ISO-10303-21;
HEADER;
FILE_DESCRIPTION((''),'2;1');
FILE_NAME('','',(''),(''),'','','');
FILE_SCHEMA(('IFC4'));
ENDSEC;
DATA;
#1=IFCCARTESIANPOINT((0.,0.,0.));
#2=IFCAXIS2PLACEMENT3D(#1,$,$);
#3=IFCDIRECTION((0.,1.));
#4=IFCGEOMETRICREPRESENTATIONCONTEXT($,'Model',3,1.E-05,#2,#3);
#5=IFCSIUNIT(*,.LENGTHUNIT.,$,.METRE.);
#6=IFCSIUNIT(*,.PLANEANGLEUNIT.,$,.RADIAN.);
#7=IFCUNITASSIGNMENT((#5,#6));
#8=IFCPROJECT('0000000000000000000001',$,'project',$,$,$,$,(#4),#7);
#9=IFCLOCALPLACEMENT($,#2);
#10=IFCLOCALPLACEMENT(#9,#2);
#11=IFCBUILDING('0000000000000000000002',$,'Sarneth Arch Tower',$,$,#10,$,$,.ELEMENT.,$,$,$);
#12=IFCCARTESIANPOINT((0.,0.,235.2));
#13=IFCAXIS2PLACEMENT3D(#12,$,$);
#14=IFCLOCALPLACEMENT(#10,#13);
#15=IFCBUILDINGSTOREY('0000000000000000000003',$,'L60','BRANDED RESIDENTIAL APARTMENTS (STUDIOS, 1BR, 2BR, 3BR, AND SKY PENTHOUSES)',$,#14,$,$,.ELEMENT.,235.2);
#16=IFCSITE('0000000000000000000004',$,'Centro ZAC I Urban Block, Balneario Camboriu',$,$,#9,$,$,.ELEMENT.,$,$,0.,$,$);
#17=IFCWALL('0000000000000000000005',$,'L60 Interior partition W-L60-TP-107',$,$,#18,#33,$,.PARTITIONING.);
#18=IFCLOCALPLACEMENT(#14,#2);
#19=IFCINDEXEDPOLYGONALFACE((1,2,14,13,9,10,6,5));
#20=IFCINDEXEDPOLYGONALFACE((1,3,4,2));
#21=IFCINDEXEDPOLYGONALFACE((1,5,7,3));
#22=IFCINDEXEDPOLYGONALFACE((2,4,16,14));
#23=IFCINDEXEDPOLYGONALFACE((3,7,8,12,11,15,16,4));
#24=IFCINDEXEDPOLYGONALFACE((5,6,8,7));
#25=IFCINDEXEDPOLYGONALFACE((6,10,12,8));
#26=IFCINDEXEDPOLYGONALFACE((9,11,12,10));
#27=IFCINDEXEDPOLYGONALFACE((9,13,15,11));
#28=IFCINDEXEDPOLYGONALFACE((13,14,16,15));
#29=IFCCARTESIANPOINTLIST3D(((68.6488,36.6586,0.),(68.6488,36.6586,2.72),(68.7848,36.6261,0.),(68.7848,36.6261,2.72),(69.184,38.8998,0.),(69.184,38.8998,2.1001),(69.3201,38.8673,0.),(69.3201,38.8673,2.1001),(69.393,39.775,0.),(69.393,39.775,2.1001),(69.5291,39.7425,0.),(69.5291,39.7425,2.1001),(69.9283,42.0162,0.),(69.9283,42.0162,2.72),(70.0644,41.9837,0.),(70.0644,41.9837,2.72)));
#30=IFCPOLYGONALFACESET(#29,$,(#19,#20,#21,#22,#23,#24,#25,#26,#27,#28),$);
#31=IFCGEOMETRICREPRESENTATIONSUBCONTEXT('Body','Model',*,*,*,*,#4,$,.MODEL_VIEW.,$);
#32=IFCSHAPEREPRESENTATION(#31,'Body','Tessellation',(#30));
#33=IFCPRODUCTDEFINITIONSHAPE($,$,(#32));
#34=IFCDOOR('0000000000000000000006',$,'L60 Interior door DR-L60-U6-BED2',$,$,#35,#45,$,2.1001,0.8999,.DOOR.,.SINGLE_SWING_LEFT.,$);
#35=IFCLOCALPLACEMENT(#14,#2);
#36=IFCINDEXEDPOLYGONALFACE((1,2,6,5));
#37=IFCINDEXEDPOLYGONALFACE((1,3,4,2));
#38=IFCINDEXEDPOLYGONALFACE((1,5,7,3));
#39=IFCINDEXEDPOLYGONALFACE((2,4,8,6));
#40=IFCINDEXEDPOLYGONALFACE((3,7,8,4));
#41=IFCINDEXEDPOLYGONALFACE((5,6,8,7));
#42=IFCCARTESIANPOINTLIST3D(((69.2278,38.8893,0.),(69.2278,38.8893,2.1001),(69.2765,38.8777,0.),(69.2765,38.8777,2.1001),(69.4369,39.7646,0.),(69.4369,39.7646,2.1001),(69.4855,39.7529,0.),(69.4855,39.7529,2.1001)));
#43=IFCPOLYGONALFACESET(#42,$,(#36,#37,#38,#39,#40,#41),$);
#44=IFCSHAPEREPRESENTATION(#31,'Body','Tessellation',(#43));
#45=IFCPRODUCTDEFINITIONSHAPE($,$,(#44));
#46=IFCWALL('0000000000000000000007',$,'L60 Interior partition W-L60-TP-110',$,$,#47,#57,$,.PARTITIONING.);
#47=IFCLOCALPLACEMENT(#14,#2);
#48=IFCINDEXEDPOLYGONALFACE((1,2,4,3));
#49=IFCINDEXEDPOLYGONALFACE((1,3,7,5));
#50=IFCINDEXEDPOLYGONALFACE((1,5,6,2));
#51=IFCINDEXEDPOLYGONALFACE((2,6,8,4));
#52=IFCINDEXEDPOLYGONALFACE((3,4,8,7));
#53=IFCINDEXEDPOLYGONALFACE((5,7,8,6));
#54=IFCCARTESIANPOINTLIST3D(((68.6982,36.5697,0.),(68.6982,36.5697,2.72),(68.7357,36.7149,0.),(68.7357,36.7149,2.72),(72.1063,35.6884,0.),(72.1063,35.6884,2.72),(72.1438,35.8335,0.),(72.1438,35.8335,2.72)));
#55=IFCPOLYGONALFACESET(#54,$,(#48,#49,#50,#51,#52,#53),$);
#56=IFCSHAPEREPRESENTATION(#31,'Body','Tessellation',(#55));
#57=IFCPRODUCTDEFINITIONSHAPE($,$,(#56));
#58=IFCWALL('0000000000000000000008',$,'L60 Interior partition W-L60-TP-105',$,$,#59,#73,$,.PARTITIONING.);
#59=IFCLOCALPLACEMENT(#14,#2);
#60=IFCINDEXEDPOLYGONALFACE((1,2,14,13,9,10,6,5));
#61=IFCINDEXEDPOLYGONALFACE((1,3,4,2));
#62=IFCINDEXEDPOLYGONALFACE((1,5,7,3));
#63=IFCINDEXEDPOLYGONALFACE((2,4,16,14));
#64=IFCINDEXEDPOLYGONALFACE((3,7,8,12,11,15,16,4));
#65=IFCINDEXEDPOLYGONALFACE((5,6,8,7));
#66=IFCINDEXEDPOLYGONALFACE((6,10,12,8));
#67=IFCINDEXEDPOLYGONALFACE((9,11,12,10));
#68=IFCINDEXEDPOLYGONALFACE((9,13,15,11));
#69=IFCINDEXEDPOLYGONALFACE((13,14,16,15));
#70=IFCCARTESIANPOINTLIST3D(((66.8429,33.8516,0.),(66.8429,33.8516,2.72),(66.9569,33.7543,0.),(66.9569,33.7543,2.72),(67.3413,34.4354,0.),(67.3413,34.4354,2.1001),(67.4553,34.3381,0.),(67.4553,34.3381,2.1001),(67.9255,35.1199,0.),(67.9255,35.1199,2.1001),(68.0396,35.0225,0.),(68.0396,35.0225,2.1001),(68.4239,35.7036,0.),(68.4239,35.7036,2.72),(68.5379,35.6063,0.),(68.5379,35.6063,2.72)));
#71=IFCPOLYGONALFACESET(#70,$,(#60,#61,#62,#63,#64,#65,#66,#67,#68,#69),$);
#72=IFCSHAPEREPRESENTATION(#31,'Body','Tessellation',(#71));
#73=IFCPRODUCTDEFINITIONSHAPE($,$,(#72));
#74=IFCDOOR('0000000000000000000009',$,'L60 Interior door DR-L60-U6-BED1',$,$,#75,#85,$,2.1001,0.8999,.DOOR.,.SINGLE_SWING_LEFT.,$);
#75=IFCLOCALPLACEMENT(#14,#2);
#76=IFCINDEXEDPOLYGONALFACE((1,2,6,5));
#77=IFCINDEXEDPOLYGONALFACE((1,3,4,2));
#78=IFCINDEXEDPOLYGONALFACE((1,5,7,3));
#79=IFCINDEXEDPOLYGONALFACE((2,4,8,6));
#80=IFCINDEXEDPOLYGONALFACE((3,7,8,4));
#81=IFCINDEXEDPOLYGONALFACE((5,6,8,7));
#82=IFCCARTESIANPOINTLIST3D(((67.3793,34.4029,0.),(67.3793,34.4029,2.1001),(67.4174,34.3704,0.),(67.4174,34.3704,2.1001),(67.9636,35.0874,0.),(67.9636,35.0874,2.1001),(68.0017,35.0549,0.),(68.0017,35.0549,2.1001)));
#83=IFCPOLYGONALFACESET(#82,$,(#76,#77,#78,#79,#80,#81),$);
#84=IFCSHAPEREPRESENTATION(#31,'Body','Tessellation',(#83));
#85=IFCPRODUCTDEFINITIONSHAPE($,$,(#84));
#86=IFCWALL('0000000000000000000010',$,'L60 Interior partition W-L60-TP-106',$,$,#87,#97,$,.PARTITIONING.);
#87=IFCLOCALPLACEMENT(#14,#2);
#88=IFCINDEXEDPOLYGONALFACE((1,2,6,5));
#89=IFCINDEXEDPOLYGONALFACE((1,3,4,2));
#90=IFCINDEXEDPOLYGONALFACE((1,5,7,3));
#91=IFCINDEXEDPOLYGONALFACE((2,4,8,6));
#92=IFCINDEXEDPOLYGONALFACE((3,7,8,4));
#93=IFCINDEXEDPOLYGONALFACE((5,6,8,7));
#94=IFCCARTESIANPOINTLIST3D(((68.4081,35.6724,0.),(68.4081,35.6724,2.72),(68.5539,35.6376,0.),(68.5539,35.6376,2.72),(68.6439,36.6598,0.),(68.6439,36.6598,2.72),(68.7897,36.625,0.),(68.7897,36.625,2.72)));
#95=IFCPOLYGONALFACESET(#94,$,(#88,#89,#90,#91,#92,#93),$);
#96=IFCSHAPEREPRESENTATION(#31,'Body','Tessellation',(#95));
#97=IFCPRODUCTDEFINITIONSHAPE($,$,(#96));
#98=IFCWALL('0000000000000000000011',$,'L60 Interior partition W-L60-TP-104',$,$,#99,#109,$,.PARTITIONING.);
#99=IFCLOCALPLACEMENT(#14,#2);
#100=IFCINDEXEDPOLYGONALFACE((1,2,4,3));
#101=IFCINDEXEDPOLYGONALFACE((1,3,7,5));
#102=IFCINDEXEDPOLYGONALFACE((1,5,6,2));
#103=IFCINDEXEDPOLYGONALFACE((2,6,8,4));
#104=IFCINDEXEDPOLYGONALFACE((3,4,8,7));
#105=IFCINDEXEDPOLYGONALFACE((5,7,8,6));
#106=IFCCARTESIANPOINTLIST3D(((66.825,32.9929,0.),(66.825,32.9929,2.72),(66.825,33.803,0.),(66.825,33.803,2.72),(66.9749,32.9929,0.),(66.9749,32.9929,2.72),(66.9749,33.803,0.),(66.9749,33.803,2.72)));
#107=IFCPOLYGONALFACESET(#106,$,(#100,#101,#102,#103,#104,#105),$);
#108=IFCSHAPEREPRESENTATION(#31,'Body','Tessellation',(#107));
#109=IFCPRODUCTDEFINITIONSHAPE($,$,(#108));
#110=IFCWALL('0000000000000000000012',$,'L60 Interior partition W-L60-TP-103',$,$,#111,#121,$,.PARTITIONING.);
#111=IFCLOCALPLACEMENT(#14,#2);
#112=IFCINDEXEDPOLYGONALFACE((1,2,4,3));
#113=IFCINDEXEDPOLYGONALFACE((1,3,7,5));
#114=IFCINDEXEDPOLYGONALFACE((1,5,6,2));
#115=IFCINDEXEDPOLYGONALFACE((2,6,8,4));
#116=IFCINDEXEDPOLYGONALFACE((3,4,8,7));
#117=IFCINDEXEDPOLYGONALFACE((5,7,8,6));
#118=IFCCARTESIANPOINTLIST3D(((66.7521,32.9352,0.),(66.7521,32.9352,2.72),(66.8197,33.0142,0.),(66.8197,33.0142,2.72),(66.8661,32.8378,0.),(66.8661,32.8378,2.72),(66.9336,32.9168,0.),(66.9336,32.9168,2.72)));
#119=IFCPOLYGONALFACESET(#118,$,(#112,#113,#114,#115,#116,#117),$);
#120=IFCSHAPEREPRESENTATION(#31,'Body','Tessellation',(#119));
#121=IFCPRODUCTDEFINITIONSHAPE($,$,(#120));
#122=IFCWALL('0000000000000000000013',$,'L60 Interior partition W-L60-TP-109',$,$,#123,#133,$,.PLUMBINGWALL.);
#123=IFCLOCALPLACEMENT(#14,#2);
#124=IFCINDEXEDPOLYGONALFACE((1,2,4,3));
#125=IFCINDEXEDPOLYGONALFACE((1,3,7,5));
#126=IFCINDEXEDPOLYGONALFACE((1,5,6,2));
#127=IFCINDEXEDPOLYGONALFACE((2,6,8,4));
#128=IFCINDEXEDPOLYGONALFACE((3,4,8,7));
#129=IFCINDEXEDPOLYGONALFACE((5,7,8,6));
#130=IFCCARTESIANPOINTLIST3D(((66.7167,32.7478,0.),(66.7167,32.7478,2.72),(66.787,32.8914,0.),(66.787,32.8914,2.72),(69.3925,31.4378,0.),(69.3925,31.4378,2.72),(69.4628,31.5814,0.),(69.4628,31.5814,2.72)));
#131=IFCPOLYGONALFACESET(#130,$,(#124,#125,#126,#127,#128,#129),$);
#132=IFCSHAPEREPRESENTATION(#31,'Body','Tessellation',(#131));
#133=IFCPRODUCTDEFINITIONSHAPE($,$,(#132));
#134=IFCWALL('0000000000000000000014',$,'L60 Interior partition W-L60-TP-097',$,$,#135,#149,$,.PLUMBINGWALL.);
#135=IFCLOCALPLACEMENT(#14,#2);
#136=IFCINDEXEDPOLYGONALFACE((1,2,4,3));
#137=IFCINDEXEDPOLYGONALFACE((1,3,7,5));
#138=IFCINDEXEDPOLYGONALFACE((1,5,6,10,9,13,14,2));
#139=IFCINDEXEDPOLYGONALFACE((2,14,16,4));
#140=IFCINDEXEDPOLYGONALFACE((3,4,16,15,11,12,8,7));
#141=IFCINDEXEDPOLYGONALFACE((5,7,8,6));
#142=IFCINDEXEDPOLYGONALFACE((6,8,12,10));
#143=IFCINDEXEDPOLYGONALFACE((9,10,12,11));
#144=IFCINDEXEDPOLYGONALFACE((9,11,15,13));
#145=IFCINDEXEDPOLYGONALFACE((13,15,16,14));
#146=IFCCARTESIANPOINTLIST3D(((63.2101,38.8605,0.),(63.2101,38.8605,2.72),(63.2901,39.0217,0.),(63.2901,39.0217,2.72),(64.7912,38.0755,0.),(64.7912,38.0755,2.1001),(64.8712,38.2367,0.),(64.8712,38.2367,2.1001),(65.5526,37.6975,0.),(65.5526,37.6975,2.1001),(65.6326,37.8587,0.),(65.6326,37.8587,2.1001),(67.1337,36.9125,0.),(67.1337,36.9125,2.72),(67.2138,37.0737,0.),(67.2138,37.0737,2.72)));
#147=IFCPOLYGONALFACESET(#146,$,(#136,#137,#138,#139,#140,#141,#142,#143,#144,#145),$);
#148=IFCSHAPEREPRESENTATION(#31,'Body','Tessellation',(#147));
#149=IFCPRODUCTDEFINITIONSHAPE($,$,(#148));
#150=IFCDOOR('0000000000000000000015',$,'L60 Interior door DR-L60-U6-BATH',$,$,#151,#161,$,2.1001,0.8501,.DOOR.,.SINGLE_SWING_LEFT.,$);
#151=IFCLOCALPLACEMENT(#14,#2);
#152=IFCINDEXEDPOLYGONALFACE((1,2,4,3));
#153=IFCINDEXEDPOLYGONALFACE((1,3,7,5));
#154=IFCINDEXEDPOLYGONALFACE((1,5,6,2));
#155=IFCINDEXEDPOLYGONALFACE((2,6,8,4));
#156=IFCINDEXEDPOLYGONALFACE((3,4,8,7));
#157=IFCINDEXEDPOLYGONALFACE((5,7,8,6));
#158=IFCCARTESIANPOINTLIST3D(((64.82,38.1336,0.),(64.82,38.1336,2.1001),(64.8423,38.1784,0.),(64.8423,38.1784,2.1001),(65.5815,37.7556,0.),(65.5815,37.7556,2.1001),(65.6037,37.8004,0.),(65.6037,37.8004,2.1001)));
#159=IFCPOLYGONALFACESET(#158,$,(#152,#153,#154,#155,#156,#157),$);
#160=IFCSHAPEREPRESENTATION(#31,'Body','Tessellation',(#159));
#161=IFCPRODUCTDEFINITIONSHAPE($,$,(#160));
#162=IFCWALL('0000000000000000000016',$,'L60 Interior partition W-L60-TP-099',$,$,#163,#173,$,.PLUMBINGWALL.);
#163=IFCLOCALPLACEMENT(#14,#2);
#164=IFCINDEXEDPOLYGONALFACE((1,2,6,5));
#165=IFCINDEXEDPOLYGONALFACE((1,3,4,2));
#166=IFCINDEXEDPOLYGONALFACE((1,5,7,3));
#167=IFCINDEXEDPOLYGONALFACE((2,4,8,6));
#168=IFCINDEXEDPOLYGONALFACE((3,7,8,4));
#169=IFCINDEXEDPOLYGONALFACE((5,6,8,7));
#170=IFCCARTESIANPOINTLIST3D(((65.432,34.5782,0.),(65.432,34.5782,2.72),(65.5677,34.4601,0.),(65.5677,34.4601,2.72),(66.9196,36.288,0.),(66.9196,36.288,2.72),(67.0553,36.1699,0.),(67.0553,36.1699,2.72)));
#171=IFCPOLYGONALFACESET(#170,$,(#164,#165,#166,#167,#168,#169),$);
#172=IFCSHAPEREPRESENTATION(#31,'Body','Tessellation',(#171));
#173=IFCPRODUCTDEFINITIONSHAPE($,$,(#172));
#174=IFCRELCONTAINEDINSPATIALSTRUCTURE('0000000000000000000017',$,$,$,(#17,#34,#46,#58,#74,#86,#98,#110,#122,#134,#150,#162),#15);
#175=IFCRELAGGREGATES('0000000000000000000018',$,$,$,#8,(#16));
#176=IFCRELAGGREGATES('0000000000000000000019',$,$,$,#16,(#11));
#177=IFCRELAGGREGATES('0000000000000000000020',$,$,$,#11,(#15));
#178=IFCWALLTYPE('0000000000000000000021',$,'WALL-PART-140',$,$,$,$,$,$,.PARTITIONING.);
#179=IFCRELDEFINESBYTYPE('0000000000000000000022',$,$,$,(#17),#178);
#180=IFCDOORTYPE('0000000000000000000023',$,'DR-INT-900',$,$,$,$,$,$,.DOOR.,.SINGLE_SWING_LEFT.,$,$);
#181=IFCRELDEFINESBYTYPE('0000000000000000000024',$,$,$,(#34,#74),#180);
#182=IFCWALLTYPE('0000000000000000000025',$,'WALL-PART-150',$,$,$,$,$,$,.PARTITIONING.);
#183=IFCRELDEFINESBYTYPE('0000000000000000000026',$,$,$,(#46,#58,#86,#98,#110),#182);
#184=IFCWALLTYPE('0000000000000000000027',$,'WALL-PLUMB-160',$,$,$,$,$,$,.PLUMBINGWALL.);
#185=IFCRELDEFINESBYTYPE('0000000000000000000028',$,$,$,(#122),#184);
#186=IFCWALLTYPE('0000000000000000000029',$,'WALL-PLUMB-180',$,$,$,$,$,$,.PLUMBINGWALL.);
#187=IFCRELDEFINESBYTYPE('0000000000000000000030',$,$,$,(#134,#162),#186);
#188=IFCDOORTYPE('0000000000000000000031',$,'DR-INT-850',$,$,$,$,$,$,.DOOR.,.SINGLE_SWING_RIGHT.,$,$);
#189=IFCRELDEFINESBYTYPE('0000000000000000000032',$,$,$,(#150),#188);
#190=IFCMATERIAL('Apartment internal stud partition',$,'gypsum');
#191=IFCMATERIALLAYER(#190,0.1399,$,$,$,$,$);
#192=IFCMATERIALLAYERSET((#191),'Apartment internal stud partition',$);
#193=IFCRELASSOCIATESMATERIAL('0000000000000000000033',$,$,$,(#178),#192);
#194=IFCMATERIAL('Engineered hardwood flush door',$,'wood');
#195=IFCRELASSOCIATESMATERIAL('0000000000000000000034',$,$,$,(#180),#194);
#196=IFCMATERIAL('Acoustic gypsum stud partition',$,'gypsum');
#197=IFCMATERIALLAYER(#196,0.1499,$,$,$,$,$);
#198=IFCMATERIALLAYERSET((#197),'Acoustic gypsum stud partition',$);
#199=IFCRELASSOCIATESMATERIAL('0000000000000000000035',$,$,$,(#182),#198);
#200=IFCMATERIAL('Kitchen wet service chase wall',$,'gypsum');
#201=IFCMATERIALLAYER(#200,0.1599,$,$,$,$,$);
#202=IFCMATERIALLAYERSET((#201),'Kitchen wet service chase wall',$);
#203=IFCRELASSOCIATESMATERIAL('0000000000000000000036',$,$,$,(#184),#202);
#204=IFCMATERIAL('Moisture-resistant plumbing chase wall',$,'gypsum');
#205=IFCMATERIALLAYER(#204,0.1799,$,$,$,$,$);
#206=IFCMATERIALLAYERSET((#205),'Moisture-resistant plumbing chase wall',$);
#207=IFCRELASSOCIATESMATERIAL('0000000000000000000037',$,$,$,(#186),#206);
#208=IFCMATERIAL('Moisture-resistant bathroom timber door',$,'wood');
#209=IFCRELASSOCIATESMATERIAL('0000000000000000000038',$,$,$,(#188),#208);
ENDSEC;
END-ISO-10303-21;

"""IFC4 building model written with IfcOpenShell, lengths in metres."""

from ifc_helpers import new_model, si_unit, direction, frame, frame_2d, origin, place, context, subcontext, project, spatial, rectangle, extrude, material, layer, layer_set, type_object, element, fill, save


model = new_model("IFC4")

# Units and contexts
model_context = context("Model", 3, precision=1e-05, world=origin(), true_north=direction((0.0, 1.0)))
body_context = subcontext(model_context, "Body", "Model", "MODEL_VIEW")
ifc_project = project(units=[si_unit("LENGTHUNIT", "METRE"), si_unit("PLANEANGLEUNIT", "RADIAN")], contexts=[model_context])

# Site, building, storey
site_placement = place(None, origin())
site = spatial("IfcSite", under=ifc_project, at=site_placement, Name="Centro ZAC I Urban Block, Balneario Camboriu", CompositionType="ELEMENT", RefElevation=0.0)
building_placement = place(site_placement, origin())
building = spatial("IfcBuilding", under=site, at=building_placement, Name="Sarneth Arch Tower", CompositionType="ELEMENT")
storey_placement = place(building_placement, frame((0.0, 0.0, 235.2)))
storey = spatial("IfcBuildingStorey", under=building, at=storey_placement, Name="L60", Description="BRANDED RESIDENTIAL APARTMENTS (STUDIOS, 1BR, 2BR, 3BR, AND SKY PENTHOUSES)", CompositionType="ELEMENT", Elevation=235.2)

# Wall, opening, door
ifc_material_1 = material(Name="Apartment internal stud partition", Category="gypsum")
ifc_layer_1 = layer(ifc_material_1, 0.1399)
ifc_layer_set_1 = layer_set([ifc_layer_1], Name="Apartment internal stud partition")
wall_type_1 = type_object("IfcWallType", Name="WALL-PART-140", PredefinedType="PARTITIONING", material=ifc_layer_set_1)
wall_1_placement = place(storey_placement, frame((68.7168, 36.6423, 0.0), z_axis=(0.0, 0.0, 1.0), x_axis=(0.232292, 0.972646, 0.0)))
wall_1 = element("IfcWall", 1, at=wall_1_placement, inside=storey, type_object=wall_type_1, Name="L60 Interior partition W-L60-TP-107", PredefinedType="PARTITIONING", context=body_context, shape_type="SweptSolid", body=[
    extrude(rectangle(XDim=5.5083, YDim=0.1399, at=frame_2d((2.7542, 0.0))), origin(), (0.0, 0.0, 1.0), 2.72),
])
opening_1_placement = place(wall_1_placement, frame((2.3042, 0.0, 0.0)))
opening_1 = element("IfcOpeningElement", 2, at=opening_1_placement, cuts=wall_1, PredefinedType="OPENING", context=body_context, shape_type="SweptSolid", body=[
    extrude(rectangle(XDim=0.8999, YDim=2.1001, at=frame_2d((0.45, 1.05))), frame((0.0, 0.0798, 0.0), z_axis=(0.0, -1.0, 0.0), x_axis=(1.0, 0.0, 0.0)), (0.0, 0.0, 1.0), 0.1599),
])
ifc_material_2 = material(Name="Engineered hardwood flush door", Category="wood")
door_type_1 = type_object("IfcDoorType", Name="DR-INT-900", OperationType="SINGLE_SWING_LEFT", PredefinedType="DOOR", material=ifc_material_2)
door_1_placement = place(opening_1_placement, origin())
door_1 = element("IfcDoor", 3, at=door_1_placement, inside=storey, type_object=door_type_1, Name="L60 Interior door DR-L60-U6-BED2", OperationType="SINGLE_SWING_LEFT", OverallHeight=2.1001, OverallWidth=0.8999, PredefinedType="DOOR", context=body_context, shape_type="SweptSolid", body=[
    extrude(rectangle(XDim=0.8999, YDim=2.1001, at=frame_2d((0.45, 1.05))), frame((0.0, 0.0249, 0.0), z_axis=(0.0, -1.0, 0.0), x_axis=(1.0, 0.0, 0.0)), (0.0, 0.0, 1.0), 0.05),
])
fill(opening_1, door_1)

# Wall
ifc_material_3 = material(Name="Acoustic gypsum stud partition", Category="gypsum")
ifc_layer_2 = layer(ifc_material_3, 0.1499)
ifc_layer_set_2 = layer_set([ifc_layer_2], Name="Acoustic gypsum stud partition")
wall_type_2 = type_object("IfcWallType", Name="WALL-PART-150", PredefinedType="PARTITIONING", material=ifc_layer_set_2)
wall_2_placement = place(storey_placement, frame((68.7168, 36.6423, 0.0), z_axis=(0.0, 0.0, 1.0), x_axis=(0.968153, -0.25036, 0.0)))
element("IfcWall", 4, at=wall_2_placement, inside=storey, type_object=wall_type_2, Name="L60 Interior partition W-L60-TP-110", PredefinedType="PARTITIONING", context=body_context, shape_type="SweptSolid", body=[
    extrude(rectangle(XDim=3.5203, YDim=0.1499, at=frame_2d((1.7603, 0.0))), origin(), (0.0, 0.0, 1.0), 2.72),
])

# Wall, opening, door
wall_3_placement = place(storey_placement, frame((66.8999, 33.803, 0.0), z_axis=(0.0, 0.0, 1.0), x_axis=(0.649271, 0.760557, 0.0)))
wall_3 = element("IfcWall", 5, at=wall_3_placement, inside=storey, type_object=wall_type_2, Name="L60 Interior partition W-L60-TP-105", PredefinedType="PARTITIONING", context=body_context, shape_type="SweptSolid", body=[
    extrude(rectangle(XDim=2.4351, YDim=0.1499, at=frame_2d((1.2175, 0.0))), origin(), (0.0, 0.0, 1.0), 2.72),
])
opening_2_placement = place(wall_3_placement, frame((0.7676, 0.0, 0.0)))
opening_2 = element("IfcOpeningElement", 6, at=opening_2_placement, cuts=wall_3, PredefinedType="OPENING", context=body_context, shape_type="SweptSolid", body=[
    extrude(rectangle(XDim=0.8999, YDim=2.1001, at=frame_2d((0.45, 1.05))), frame((0.0, 0.085, 0.0), z_axis=(0.0, -1.0, 0.0), x_axis=(1.0, 0.0, 0.0)), (0.0, 0.0, 1.0), 0.1699),
])
door_2_placement = place(opening_2_placement, origin())
door_2 = element("IfcDoor", 7, at=door_2_placement, inside=storey, type_object=door_type_1, Name="L60 Interior door DR-L60-U6-BED1", OperationType="SINGLE_SWING_LEFT", OverallHeight=2.1001, OverallWidth=0.8999, PredefinedType="DOOR", context=body_context, shape_type="SweptSolid", body=[
    extrude(rectangle(XDim=0.8999, YDim=2.1001, at=frame_2d((0.45, 1.05))), frame((0.0, 0.0249, 0.0), z_axis=(0.0, -1.0, 0.0), x_axis=(1.0, 0.0, 0.0)), (0.0, 0.0, 1.0), 0.05),
])
fill(opening_2, door_2)

# Walls
wall_4_placement = place(storey_placement, frame((68.481, 35.655, 0.0), z_axis=(0.0, 0.0, 1.0), x_axis=(0.232336, 0.972636, 0.0)))
element("IfcWall", 8, at=wall_4_placement, inside=storey, type_object=wall_type_2, Name="L60 Interior partition W-L60-TP-106", PredefinedType="PARTITIONING", context=body_context, shape_type="SweptSolid", body=[
    extrude(rectangle(XDim=1.0151, YDim=0.1499, at=frame_2d((0.5076, 0.0))), origin(), (0.0, 0.0, 1.0), 2.72),
])
wall_5_placement = place(storey_placement, frame((66.8999, 32.9929, 0.0), z_axis=(0.0, 0.0, 1.0), x_axis=(0.0, 1.0, 0.0)))
element("IfcWall", 9, at=wall_5_placement, inside=storey, type_object=wall_type_2, Name="L60 Interior partition W-L60-TP-104", PredefinedType="PARTITIONING", context=body_context, shape_type="SweptSolid", body=[
    extrude(rectangle(XDim=0.8101, YDim=0.1499, at=frame_2d((0.405, 0.0))), origin(), (0.0, 0.0, 1.0), 2.72),
])
wall_6_placement = place(storey_placement, frame((66.8091, 32.8865, 0.0), z_axis=(0.0, 0.0, 1.0), x_axis=(0.649825, 0.760084, 0.0)))
element("IfcWall", 10, at=wall_6_placement, inside=storey, type_object=wall_type_2, Name="L60 Interior partition W-L60-TP-103", PredefinedType="PARTITIONING", context=body_context, shape_type="SweptSolid", body=[
    extrude(rectangle(XDim=0.104, YDim=0.1499, at=frame_2d((0.052, 0.0))), origin(), (0.0, 0.0, 1.0), 2.72),
])
ifc_material_4 = material(Name="Kitchen wet service chase wall", Category="gypsum")
ifc_layer_3 = layer(ifc_material_4, 0.1599)
ifc_layer_set_3 = layer_set([ifc_layer_3], Name="Kitchen wet service chase wall")
wall_type_3 = type_object("IfcWallType", Name="WALL-PLUMB-160", PredefinedType="PLUMBINGWALL", material=ifc_layer_set_3)
wall_7_placement = place(storey_placement, frame((69.4277, 31.5095, 0.0), z_axis=(0.0, 0.0, 1.0), x_axis=(-0.898133, 0.439724, 0.0)))
element("IfcWall", 11, at=wall_7_placement, inside=storey, type_object=wall_type_3, Name="L60 Interior partition W-L60-TP-109", PredefinedType="PLUMBINGWALL", context=body_context, shape_type="SweptSolid", body=[
    extrude(rectangle(XDim=2.9792, YDim=0.1599, at=frame_2d((1.4897, 0.0))), origin(), (0.0, 0.0, 1.0), 2.72),
])

# Wall, opening, door
ifc_material_5 = material(Name="Moisture-resistant plumbing chase wall", Category="gypsum")
ifc_layer_4 = layer(ifc_material_5, 0.1799)
ifc_layer_set_4 = layer_set([ifc_layer_4], Name="Moisture-resistant plumbing chase wall")
wall_type_4 = type_object("IfcWallType", Name="WALL-PLUMB-180", PredefinedType="PLUMBINGWALL", material=ifc_layer_set_4)
wall_8_placement = place(storey_placement, frame((63.25, 38.9412, 0.0), z_axis=(0.0, 0.0, 1.0), x_axis=(0.895683, -0.444693, 0.0)))
wall_8 = element("IfcWall", 12, at=wall_8_placement, inside=storey, type_object=wall_type_4, Name="L60 Interior partition W-L60-TP-097", PredefinedType="PLUMBINGWALL", context=body_context, shape_type="SweptSolid", body=[
    extrude(rectangle(XDim=4.3806, YDim=0.1799, at=frame_2d((2.1904, 0.0))), origin(), (0.0, 0.0, 1.0), 2.72),
])
opening_3_placement = place(wall_8_placement, frame((1.7654, 0.0, 0.0)))
opening_3 = element("IfcOpeningElement", 13, at=opening_3_placement, cuts=wall_8, PredefinedType="OPENING", context=body_context, shape_type="SweptSolid", body=[
    extrude(rectangle(XDim=0.8501, YDim=2.1001, at=frame_2d((0.425, 1.05))), frame((0.0, 0.0999, 0.0), z_axis=(0.0, -1.0, 0.0), x_axis=(1.0, 0.0, 0.0)), (0.0, 0.0, 1.0), 0.2),
])
ifc_material_6 = material(Name="Moisture-resistant bathroom timber door", Category="wood")
door_type_2 = type_object("IfcDoorType", Name="DR-INT-850", OperationType="SINGLE_SWING_RIGHT", PredefinedType="DOOR", material=ifc_material_6)
door_3_placement = place(opening_3_placement, origin())
door_3 = element("IfcDoor", 14, at=door_3_placement, inside=storey, type_object=door_type_2, Name="L60 Interior door DR-L60-U6-BATH", OperationType="SINGLE_SWING_LEFT", OverallHeight=2.1001, OverallWidth=0.8501, PredefinedType="DOOR", context=body_context, shape_type="SweptSolid", body=[
    extrude(rectangle(XDim=0.8501, YDim=2.1001, at=frame_2d((0.425, 1.05))), frame((0.0, 0.0249, 0.0), z_axis=(0.0, -1.0, 0.0), x_axis=(1.0, 0.0, 0.0)), (0.0, 0.0, 1.0), 0.05),
])
fill(opening_3, door_3)

# Wall
wall_9_placement = place(storey_placement, frame((66.9875, 36.229, 0.0), z_axis=(0.0, 0.0, 1.0), x_axis=(-0.656389, -0.754422, 0.0)))
element("IfcWall", 15, at=wall_9_placement, inside=storey, type_object=wall_type_4, Name="L60 Interior partition W-L60-TP-099", PredefinedType="PLUMBINGWALL", context=body_context, shape_type="SweptSolid", body=[
    extrude(rectangle(XDim=2.2664, YDim=0.1799, at=frame_2d((1.1333, 0.0))), origin(), (0.0, 0.0, 1.0), 2.72),
])

save(model, "model.ifc")
